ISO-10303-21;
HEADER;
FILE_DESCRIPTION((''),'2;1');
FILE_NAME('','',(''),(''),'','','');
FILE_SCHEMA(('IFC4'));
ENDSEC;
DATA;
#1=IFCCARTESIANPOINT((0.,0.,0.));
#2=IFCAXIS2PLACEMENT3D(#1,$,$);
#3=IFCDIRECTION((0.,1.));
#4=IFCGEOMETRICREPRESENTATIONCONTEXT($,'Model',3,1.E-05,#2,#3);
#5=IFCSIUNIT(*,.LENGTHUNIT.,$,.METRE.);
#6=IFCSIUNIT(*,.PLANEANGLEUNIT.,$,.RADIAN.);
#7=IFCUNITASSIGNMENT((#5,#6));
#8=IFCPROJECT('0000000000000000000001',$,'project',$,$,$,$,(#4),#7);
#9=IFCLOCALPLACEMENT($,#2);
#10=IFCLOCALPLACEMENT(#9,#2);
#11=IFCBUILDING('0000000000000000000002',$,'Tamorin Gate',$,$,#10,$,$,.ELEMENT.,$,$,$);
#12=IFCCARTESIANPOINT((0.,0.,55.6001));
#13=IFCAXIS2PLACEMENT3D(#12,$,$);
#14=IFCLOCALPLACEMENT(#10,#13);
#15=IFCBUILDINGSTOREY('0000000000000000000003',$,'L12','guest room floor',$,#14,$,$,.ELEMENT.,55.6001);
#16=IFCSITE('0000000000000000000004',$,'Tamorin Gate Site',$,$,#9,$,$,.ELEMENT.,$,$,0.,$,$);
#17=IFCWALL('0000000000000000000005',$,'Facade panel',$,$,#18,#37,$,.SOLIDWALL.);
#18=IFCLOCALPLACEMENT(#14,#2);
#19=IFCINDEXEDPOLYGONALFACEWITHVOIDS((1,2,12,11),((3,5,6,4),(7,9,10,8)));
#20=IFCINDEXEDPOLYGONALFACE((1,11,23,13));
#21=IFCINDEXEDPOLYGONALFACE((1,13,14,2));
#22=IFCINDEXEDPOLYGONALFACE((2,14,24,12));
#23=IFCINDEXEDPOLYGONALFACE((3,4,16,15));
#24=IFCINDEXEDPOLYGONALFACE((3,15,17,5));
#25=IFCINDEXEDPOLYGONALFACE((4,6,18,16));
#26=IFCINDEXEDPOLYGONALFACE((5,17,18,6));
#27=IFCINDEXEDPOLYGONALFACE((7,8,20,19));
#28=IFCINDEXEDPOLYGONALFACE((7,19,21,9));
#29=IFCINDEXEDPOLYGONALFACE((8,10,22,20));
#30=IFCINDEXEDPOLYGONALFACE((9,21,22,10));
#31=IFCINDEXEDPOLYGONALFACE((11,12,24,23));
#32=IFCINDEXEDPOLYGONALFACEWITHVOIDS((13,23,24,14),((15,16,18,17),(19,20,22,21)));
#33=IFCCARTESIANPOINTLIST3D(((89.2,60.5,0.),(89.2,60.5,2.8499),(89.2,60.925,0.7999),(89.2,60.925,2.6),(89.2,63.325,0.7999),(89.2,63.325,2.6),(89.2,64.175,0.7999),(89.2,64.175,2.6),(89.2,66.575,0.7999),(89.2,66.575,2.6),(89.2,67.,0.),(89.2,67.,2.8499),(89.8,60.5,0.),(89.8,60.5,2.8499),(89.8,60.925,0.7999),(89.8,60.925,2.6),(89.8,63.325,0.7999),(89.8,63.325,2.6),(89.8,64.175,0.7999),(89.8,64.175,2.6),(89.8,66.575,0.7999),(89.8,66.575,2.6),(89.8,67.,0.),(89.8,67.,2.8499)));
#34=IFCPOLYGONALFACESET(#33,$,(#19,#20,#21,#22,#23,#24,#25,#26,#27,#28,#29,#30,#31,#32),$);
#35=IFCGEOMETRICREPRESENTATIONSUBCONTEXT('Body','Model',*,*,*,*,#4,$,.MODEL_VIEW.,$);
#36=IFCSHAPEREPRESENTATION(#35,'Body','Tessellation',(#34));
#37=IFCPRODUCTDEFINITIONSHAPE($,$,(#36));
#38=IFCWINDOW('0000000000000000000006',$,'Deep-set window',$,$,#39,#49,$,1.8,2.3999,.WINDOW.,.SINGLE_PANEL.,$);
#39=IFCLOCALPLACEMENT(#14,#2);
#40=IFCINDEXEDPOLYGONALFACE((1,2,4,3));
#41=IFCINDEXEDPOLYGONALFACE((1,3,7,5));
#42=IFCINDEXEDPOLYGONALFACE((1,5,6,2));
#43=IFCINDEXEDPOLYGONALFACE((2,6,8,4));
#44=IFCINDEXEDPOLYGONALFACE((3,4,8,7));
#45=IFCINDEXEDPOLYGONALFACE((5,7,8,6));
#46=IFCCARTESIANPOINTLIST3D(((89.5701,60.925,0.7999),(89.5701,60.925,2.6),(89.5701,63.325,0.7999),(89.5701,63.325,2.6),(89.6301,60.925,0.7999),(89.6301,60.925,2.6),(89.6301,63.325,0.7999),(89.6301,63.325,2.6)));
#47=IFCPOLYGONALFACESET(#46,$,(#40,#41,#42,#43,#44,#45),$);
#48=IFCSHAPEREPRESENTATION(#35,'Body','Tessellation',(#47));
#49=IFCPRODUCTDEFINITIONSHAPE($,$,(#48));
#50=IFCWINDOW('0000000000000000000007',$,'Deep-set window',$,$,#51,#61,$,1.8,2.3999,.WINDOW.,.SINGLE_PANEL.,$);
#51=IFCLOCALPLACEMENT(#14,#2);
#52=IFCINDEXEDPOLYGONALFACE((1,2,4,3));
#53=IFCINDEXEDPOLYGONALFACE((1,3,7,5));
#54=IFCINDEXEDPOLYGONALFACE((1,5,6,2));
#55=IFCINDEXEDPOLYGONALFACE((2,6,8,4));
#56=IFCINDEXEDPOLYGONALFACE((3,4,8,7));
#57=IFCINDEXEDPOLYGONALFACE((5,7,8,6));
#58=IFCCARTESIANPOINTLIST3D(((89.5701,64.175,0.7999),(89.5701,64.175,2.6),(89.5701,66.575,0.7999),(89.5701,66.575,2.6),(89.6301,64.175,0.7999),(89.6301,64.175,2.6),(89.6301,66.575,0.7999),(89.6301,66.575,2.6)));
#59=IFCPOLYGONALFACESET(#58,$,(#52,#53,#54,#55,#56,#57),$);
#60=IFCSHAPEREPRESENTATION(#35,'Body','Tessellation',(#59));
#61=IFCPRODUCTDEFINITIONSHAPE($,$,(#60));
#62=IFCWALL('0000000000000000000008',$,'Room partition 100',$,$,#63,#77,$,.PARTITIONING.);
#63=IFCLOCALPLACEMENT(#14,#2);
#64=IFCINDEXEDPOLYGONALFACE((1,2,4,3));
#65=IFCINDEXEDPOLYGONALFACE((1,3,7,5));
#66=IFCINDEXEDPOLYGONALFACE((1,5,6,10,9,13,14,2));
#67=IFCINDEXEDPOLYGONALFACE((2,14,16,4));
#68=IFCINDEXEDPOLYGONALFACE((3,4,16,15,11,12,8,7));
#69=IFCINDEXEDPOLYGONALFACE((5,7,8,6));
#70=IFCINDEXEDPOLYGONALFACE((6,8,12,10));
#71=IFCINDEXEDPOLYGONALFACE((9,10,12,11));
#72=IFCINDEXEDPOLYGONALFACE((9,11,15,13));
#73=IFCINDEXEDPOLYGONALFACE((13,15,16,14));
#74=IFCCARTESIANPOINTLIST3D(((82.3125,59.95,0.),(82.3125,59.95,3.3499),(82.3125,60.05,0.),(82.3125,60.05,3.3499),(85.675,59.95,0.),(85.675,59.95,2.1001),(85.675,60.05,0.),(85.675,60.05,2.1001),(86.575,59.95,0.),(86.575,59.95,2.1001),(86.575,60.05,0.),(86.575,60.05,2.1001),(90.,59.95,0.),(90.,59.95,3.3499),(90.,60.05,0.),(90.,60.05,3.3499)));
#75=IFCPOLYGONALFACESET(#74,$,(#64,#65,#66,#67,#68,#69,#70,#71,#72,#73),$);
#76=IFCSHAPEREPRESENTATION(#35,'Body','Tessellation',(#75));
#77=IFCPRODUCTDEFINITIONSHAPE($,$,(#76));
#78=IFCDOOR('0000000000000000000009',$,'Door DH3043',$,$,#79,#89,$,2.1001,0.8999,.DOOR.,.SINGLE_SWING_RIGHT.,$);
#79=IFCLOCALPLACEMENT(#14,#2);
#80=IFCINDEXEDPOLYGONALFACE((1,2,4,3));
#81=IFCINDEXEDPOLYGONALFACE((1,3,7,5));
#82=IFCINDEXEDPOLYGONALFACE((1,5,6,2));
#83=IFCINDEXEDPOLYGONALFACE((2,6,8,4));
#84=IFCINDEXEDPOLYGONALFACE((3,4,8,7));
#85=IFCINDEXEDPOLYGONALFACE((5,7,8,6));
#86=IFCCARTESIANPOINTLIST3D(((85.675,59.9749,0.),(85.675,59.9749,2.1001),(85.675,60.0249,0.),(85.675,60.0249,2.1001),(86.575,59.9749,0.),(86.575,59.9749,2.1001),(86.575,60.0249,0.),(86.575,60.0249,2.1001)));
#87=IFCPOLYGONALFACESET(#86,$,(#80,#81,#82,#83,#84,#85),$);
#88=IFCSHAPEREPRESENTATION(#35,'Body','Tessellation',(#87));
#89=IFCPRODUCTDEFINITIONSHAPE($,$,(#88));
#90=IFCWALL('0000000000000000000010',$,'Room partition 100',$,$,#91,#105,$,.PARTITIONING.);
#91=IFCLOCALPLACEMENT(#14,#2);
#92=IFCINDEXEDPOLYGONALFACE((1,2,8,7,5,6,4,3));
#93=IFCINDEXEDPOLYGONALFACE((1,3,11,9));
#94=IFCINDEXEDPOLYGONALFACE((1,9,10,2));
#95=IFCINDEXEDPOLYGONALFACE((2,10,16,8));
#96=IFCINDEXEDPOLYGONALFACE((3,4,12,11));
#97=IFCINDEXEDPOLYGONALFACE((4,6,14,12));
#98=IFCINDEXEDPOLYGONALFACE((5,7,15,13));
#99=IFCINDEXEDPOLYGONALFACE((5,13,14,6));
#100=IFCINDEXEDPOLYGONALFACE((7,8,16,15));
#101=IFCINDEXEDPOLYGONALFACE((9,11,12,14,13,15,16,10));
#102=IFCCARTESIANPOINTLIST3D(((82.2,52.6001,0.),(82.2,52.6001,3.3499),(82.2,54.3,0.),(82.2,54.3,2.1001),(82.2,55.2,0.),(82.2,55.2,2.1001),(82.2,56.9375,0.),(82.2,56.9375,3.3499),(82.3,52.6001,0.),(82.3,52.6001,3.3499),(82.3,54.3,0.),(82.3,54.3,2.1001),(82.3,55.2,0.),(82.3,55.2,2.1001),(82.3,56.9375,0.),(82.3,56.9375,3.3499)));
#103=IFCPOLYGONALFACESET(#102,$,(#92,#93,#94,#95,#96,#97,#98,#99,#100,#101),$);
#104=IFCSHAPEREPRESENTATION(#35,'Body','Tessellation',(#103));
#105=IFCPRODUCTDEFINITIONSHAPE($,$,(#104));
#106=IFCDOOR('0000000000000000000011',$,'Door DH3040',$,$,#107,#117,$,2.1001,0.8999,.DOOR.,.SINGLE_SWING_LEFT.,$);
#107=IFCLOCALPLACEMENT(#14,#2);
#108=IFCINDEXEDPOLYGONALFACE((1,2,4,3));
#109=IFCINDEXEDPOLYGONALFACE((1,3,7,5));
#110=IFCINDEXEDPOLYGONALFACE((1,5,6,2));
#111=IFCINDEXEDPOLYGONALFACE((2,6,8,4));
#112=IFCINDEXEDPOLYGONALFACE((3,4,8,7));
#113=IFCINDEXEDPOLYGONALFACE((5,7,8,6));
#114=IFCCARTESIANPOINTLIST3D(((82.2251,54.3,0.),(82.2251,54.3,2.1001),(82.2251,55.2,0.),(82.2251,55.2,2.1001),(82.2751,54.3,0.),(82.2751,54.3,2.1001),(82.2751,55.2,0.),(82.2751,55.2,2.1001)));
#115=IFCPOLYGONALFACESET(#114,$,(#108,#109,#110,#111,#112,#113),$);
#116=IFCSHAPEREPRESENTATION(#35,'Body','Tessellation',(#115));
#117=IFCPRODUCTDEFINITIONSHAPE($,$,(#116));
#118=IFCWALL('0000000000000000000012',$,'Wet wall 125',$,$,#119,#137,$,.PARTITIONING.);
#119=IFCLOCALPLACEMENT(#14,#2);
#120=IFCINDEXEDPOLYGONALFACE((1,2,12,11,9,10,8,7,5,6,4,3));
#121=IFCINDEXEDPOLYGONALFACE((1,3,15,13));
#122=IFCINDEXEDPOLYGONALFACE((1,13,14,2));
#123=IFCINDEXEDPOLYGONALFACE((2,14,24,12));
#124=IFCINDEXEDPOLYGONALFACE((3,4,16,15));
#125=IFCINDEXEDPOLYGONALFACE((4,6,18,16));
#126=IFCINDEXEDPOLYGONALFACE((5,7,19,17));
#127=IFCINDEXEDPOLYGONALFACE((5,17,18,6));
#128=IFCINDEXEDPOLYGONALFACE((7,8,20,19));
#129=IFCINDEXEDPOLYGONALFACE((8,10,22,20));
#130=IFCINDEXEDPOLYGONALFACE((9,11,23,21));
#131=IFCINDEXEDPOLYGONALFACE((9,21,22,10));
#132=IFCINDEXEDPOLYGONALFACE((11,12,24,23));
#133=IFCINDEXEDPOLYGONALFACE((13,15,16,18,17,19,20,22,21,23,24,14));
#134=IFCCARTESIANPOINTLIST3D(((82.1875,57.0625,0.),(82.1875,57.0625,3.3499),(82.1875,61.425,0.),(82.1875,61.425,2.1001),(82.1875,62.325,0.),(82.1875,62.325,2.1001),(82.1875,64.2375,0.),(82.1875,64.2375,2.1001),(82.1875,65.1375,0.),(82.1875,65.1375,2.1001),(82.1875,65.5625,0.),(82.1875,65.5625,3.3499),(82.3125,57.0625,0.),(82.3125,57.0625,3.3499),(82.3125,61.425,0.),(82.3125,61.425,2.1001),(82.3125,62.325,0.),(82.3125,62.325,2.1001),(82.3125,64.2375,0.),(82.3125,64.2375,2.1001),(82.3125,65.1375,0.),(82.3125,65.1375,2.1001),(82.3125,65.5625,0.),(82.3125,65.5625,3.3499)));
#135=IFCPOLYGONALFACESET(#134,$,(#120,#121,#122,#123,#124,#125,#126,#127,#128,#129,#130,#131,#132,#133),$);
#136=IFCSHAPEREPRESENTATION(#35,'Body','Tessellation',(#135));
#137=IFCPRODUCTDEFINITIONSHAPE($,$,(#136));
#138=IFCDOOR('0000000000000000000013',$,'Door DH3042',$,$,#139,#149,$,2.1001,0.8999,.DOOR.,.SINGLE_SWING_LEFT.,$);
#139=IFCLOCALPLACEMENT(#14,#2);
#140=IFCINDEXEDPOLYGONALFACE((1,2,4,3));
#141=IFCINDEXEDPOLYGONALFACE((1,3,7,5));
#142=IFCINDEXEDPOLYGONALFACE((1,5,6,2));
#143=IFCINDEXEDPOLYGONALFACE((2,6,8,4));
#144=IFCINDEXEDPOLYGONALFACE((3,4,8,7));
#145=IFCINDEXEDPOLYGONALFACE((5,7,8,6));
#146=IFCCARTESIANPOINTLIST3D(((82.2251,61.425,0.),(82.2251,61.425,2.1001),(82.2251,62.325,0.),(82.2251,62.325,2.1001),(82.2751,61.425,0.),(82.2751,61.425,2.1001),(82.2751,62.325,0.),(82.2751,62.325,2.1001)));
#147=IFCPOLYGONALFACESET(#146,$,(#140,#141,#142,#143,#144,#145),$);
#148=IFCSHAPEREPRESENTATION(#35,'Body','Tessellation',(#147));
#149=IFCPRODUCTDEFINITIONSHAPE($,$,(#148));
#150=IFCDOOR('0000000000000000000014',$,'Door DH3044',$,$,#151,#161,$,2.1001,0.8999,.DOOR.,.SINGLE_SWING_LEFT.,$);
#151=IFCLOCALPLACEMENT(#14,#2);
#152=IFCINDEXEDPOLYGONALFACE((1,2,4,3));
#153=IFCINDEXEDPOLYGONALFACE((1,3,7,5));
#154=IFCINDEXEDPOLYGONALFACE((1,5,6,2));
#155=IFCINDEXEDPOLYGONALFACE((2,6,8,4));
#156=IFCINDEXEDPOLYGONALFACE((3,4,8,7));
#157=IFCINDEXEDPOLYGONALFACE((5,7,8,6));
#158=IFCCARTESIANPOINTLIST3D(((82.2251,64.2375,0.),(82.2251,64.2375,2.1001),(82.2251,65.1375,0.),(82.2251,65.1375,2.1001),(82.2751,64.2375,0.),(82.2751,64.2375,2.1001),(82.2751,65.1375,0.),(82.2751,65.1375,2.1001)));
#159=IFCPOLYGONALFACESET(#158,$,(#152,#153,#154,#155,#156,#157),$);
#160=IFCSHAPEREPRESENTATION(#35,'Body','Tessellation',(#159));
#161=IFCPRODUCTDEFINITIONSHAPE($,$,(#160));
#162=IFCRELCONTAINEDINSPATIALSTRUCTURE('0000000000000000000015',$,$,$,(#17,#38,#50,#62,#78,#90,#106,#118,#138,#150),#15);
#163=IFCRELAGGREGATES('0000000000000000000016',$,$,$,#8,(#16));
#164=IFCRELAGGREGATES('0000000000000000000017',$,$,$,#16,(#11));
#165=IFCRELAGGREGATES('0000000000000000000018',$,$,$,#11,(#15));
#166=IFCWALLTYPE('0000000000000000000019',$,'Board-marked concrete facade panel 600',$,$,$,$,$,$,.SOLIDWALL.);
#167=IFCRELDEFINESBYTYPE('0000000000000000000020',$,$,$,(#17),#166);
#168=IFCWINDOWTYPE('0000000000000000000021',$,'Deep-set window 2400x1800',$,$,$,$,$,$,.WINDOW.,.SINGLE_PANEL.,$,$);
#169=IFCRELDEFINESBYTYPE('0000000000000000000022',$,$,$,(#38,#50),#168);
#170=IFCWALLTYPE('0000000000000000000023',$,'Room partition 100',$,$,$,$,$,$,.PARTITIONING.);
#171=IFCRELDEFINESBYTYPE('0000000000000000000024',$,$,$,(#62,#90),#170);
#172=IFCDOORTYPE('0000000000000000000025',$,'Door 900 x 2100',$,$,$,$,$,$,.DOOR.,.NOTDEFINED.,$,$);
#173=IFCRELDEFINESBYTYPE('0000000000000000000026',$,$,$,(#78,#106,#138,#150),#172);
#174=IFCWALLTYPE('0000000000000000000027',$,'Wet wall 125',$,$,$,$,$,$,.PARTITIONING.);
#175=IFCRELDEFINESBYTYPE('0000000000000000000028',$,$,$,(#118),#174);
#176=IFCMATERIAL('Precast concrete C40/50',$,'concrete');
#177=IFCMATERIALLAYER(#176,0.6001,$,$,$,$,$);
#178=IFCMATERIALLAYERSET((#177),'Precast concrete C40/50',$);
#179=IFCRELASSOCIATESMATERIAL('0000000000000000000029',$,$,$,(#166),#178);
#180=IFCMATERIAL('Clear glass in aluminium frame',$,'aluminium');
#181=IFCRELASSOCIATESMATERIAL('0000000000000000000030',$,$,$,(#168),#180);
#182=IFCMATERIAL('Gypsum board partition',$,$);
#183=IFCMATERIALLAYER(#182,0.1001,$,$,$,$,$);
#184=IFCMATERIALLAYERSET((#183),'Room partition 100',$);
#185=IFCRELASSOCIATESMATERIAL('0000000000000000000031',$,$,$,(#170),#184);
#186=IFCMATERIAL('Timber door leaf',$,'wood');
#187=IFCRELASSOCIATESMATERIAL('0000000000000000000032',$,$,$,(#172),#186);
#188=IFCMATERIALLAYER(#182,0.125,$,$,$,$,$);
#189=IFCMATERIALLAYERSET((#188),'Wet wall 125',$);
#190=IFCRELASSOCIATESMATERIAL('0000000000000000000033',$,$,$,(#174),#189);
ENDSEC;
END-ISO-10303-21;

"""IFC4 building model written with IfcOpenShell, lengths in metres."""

from ifc_helpers import new_model, si_unit, direction, frame, frame_2d, origin, place, context, subcontext, project, spatial, rectangle, extrude, material, layer, layer_set, type_object, element, fill, save


model = new_model("IFC4")

# Units and contexts
model_context = context("Model", 3, precision=1e-05, world=origin(), true_north=direction((0.0, 1.0)))
body_context = subcontext(model_context, "Body", "Model", "MODEL_VIEW")
ifc_project = project(units=[si_unit("LENGTHUNIT", "METRE"), si_unit("PLANEANGLEUNIT", "RADIAN")], contexts=[model_context])

# Site, building, storey
site_placement = place(None, origin())
site = spatial("IfcSite", under=ifc_project, at=site_placement, Name="Tamorin Gate Site", CompositionType="ELEMENT", RefElevation=0.0)
building_placement = place(site_placement, origin())
building = spatial("IfcBuilding", under=site, at=building_placement, Name="Tamorin Gate", CompositionType="ELEMENT")
storey_placement = place(building_placement, frame((0.0, 0.0, 55.6001)))
storey = spatial("IfcBuildingStorey", under=building, at=storey_placement, Name="L12", Description="guest room floor", CompositionType="ELEMENT", Elevation=55.6001)

# Wall, openings, windows
ifc_material_1 = material(Name="Precast concrete C40/50", Category="concrete")
ifc_layer_1 = layer(ifc_material_1, 0.6001)
ifc_layer_set_1 = layer_set([ifc_layer_1], Name="Precast concrete C40/50")
wall_type_1 = type_object("IfcWallType", Name="Board-marked concrete facade panel 600", PredefinedType="SOLIDWALL", material=ifc_layer_set_1)
ifc_material_2 = material(Name="Clear glass in aluminium frame", Category="aluminium")
window_type = type_object("IfcWindowType", Name="Deep-set window 2400x1800", PartitioningType="SINGLE_PANEL", PredefinedType="WINDOW", material=ifc_material_2)
wall_1_placement = place(storey_placement, frame((89.5, 60.5, 0.0), z_axis=(0.0, 0.0, 1.0), x_axis=(0.0, 1.0, 0.0)))
wall_1 = element("IfcWall", 1, at=wall_1_placement, inside=storey, type_object=wall_type_1, Name="Facade panel", PredefinedType="SOLIDWALL", context=body_context, shape_type="SweptSolid", body=[
    extrude(rectangle(XDim=6.5, YDim=0.6001, at=frame_2d((3.25, 0.0))), origin(), (0.0, 0.0, 1.0), 2.8499),
])
opening_1_placement = place(wall_1_placement, frame((0.425, 0.0, 0.8)))
opening_1 = element("IfcOpeningElement", 2, at=opening_1_placement, cuts=wall_1, PredefinedType="OPENING", context=body_context, shape_type="SweptSolid", body=[
    extrude(rectangle(XDim=2.3999, YDim=1.8, at=frame_2d((1.2, 0.8999))), frame((0.0, 0.3101, 0.0), z_axis=(0.0, -1.0, 0.0), x_axis=(1.0, 0.0, 0.0)), (0.0, 0.0, 1.0), 0.6201),
])
opening_2_placement = place(wall_1_placement, frame((3.675, 0.0, 0.8)))
opening_2 = element("IfcOpeningElement", 3, at=opening_2_placement, cuts=wall_1, PredefinedType="OPENING", context=body_context, shape_type="SweptSolid", body=[
    extrude(rectangle(XDim=2.3999, YDim=1.8, at=frame_2d((1.2, 0.8999))), frame((0.0, 0.3101, 0.0), z_axis=(0.0, -1.0, 0.0), x_axis=(1.0, 0.0, 0.0)), (0.0, 0.0, 1.0), 0.6201),
])
window_1_placement = place(opening_1_placement, origin())
window_1 = element("IfcWindow", 4, at=window_1_placement, inside=storey, type_object=window_type, Name="Deep-set window", OverallHeight=1.8, OverallWidth=2.3999, PartitioningType="SINGLE_PANEL", PredefinedType="WINDOW", context=body_context, shape_type="SweptSolid", body=[
    extrude(rectangle(XDim=2.3999, YDim=1.8, at=frame_2d((1.2, 0.8999))), frame((0.0, -0.0701, 0.0), z_axis=(0.0, -1.0, 0.0), x_axis=(1.0, 0.0, 0.0)), (0.0, 0.0, 1.0), 0.0601),
])
fill(opening_1, window_1)
window_2_placement = place(opening_2_placement, origin())
window_2 = element("IfcWindow", 5, at=window_2_placement, inside=storey, type_object=window_type, Name="Deep-set window", OverallHeight=1.8, OverallWidth=2.3999, PartitioningType="SINGLE_PANEL", PredefinedType="WINDOW", context=body_context, shape_type="SweptSolid", body=[
    extrude(rectangle(XDim=2.3999, YDim=1.8, at=frame_2d((1.2, 0.8999))), frame((0.0, -0.0701, 0.0), z_axis=(0.0, -1.0, 0.0), x_axis=(1.0, 0.0, 0.0)), (0.0, 0.0, 1.0), 0.0601),
])
fill(opening_2, window_2)

# Walls, openings, doors
ifc_material_3 = material(Name="Gypsum board partition")
ifc_layer_2 = layer(ifc_material_3, 0.1001)
ifc_layer_set_2 = layer_set([ifc_layer_2], Name="Room partition 100")
wall_type_2 = type_object("IfcWallType", Name="Room partition 100", PredefinedType="PARTITIONING", material=ifc_layer_set_2)
wall_2_placement = place(storey_placement, frame((82.3125, 60.0, 0.0), z_axis=(0.0, 0.0, 1.0), x_axis=(1.0, 0.0, 0.0)))
wall_2 = element("IfcWall", 6, at=wall_2_placement, inside=storey, type_object=wall_type_2, Name="Room partition 100", PredefinedType="PARTITIONING", context=body_context, shape_type="SweptSolid", body=[
    extrude(rectangle(XDim=7.6875, YDim=0.1001, at=frame_2d((3.8438, 0.0))), origin(), (0.0, 0.0, 1.0), 3.3499),
])
opening_3_placement = place(wall_2_placement, frame((3.3625, 0.0, 0.0)))
opening_3 = element("IfcOpeningElement", 7, at=opening_3_placement, cuts=wall_2, PredefinedType="OPENING", context=body_context, shape_type="SweptSolid", body=[
    extrude(rectangle(XDim=0.8999, YDim=2.1001, at=frame_2d((0.45, 1.05))), frame((0.0, 0.0601, 0.0), z_axis=(0.0, -1.0, 0.0), x_axis=(1.0, 0.0, 0.0)), (0.0, 0.0, 1.0), 0.1201),
])
ifc_material_4 = material(Name="Timber door leaf", Category="wood")
door_type = type_object("IfcDoorType", Name="Door 900 x 2100", OperationType="NOTDEFINED", PredefinedType="DOOR", material=ifc_material_4)
door_1_placement = place(opening_3_placement, origin())
door_1 = element("IfcDoor", 8, at=door_1_placement, inside=storey, type_object=door_type, Name="Door DH3043", OperationType="SINGLE_SWING_RIGHT", OverallHeight=2.1001, OverallWidth=0.8999, PredefinedType="DOOR", context=body_context, shape_type="SweptSolid", body=[
    extrude(rectangle(XDim=0.8999, YDim=2.1001, at=frame_2d((0.45, 1.05))), frame((0.0, 0.0249, 0.0), z_axis=(0.0, -1.0, 0.0), x_axis=(1.0, 0.0, 0.0)), (0.0, 0.0, 1.0), 0.05),
])
fill(opening_3, door_1)
wall_3_placement = place(storey_placement, frame((82.25, 52.6001, 0.0), z_axis=(0.0, 0.0, 1.0), x_axis=(0.0, 1.0, 0.0)))
wall_3 = element("IfcWall", 9, at=wall_3_placement, inside=storey, type_object=wall_type_2, Name="Room partition 100", PredefinedType="PARTITIONING", context=body_context, shape_type="SweptSolid", body=[
    extrude(rectangle(XDim=4.3374, YDim=0.1001, at=frame_2d((2.1687, 0.0))), origin(), (0.0, 0.0, 1.0), 3.3499),
])
opening_4_placement = place(wall_3_placement, frame((1.7, 0.0, 0.0)))
opening_4 = element("IfcOpeningElement", 10, at=opening_4_placement, cuts=wall_3, PredefinedType="OPENING", context=body_context, shape_type="SweptSolid", body=[
    extrude(rectangle(XDim=0.8999, YDim=2.1001, at=frame_2d((0.45, 1.05))), frame((0.0, 0.0601, 0.0), z_axis=(0.0, -1.0, 0.0), x_axis=(1.0, 0.0, 0.0)), (0.0, 0.0, 1.0), 0.1201),
])
door_2_placement = place(opening_4_placement, origin())
door_2 = element("IfcDoor", 11, at=door_2_placement, inside=storey, type_object=door_type, Name="Door DH3040", OperationType="SINGLE_SWING_LEFT", OverallHeight=2.1001, OverallWidth=0.8999, PredefinedType="DOOR", context=body_context, shape_type="SweptSolid", body=[
    extrude(rectangle(XDim=0.8999, YDim=2.1001, at=frame_2d((0.45, 1.05))), frame((0.0, 0.0249, 0.0), z_axis=(0.0, -1.0, 0.0), x_axis=(1.0, 0.0, 0.0)), (0.0, 0.0, 1.0), 0.05),
])
fill(opening_4, door_2)

# Wall, openings, doors
ifc_layer_3 = layer(ifc_material_3, 0.125)
ifc_layer_set_3 = layer_set([ifc_layer_3], Name="Wet wall 125")
wall_type_3 = type_object("IfcWallType", Name="Wet wall 125", PredefinedType="PARTITIONING", material=ifc_layer_set_3)
wall_4_placement = place(storey_placement, frame((82.25, 57.0625, 0.0), z_axis=(0.0, 0.0, 1.0), x_axis=(0.0, 1.0, 0.0)))
wall_4 = element("IfcWall", 12, at=wall_4_placement, inside=storey, type_object=wall_type_3, Name="Wet wall 125", PredefinedType="PARTITIONING", context=body_context, shape_type="SweptSolid", body=[
    extrude(rectangle(XDim=8.5, YDim=0.125, at=frame_2d((4.25, 0.0))), origin(), (0.0, 0.0, 1.0), 3.3499),
])
opening_5_placement = place(wall_4_placement, frame((4.3625, 0.0, 0.0)))
opening_5 = element("IfcOpeningElement", 13, at=opening_5_placement, cuts=wall_4, PredefinedType="OPENING", context=body_context, shape_type="SweptSolid", body=[
    extrude(rectangle(XDim=0.8999, YDim=2.1001, at=frame_2d((0.45, 1.05))), frame((0.0, 0.0725, 0.0), z_axis=(0.0, -1.0, 0.0), x_axis=(1.0, 0.0, 0.0)), (0.0, 0.0, 1.0), 0.145),
])
opening_6_placement = place(wall_4_placement, frame((7.175, 0.0, 0.0)))
opening_6 = element("IfcOpeningElement", 14, at=opening_6_placement, cuts=wall_4, PredefinedType="OPENING", context=body_context, shape_type="SweptSolid", body=[
    extrude(rectangle(XDim=0.8999, YDim=2.1001, at=frame_2d((0.45, 1.05))), frame((0.0, 0.0725, 0.0), z_axis=(0.0, -1.0, 0.0), x_axis=(1.0, 0.0, 0.0)), (0.0, 0.0, 1.0), 0.145),
])
door_3_placement = place(opening_5_placement, origin())
door_3 = element("IfcDoor", 15, at=door_3_placement, inside=storey, type_object=door_type, Name="Door DH3042", OperationType="SINGLE_SWING_LEFT", OverallHeight=2.1001, OverallWidth=0.8999, PredefinedType="DOOR", context=body_context, shape_type="SweptSolid", body=[
    extrude(rectangle(XDim=0.8999, YDim=2.1001, at=frame_2d((0.45, 1.05))), frame((0.0, 0.0249, 0.0), z_axis=(0.0, -1.0, 0.0), x_axis=(1.0, 0.0, 0.0)), (0.0, 0.0, 1.0), 0.05),
])
fill(opening_5, door_3)
door_4_placement = place(opening_6_placement, origin())
door_4 = element("IfcDoor", 16, at=door_4_placement, inside=storey, type_object=door_type, Name="Door DH3044", OperationType="SINGLE_SWING_LEFT", OverallHeight=2.1001, OverallWidth=0.8999, PredefinedType="DOOR", context=body_context, shape_type="SweptSolid", body=[
    extrude(rectangle(XDim=0.8999, YDim=2.1001, at=frame_2d((0.45, 1.05))), frame((0.0, 0.0249, 0.0), z_axis=(0.0, -1.0, 0.0), x_axis=(1.0, 0.0, 0.0)), (0.0, 0.0, 1.0), 0.05),
])
fill(opening_6, door_4)

save(model, "model.ifc")
